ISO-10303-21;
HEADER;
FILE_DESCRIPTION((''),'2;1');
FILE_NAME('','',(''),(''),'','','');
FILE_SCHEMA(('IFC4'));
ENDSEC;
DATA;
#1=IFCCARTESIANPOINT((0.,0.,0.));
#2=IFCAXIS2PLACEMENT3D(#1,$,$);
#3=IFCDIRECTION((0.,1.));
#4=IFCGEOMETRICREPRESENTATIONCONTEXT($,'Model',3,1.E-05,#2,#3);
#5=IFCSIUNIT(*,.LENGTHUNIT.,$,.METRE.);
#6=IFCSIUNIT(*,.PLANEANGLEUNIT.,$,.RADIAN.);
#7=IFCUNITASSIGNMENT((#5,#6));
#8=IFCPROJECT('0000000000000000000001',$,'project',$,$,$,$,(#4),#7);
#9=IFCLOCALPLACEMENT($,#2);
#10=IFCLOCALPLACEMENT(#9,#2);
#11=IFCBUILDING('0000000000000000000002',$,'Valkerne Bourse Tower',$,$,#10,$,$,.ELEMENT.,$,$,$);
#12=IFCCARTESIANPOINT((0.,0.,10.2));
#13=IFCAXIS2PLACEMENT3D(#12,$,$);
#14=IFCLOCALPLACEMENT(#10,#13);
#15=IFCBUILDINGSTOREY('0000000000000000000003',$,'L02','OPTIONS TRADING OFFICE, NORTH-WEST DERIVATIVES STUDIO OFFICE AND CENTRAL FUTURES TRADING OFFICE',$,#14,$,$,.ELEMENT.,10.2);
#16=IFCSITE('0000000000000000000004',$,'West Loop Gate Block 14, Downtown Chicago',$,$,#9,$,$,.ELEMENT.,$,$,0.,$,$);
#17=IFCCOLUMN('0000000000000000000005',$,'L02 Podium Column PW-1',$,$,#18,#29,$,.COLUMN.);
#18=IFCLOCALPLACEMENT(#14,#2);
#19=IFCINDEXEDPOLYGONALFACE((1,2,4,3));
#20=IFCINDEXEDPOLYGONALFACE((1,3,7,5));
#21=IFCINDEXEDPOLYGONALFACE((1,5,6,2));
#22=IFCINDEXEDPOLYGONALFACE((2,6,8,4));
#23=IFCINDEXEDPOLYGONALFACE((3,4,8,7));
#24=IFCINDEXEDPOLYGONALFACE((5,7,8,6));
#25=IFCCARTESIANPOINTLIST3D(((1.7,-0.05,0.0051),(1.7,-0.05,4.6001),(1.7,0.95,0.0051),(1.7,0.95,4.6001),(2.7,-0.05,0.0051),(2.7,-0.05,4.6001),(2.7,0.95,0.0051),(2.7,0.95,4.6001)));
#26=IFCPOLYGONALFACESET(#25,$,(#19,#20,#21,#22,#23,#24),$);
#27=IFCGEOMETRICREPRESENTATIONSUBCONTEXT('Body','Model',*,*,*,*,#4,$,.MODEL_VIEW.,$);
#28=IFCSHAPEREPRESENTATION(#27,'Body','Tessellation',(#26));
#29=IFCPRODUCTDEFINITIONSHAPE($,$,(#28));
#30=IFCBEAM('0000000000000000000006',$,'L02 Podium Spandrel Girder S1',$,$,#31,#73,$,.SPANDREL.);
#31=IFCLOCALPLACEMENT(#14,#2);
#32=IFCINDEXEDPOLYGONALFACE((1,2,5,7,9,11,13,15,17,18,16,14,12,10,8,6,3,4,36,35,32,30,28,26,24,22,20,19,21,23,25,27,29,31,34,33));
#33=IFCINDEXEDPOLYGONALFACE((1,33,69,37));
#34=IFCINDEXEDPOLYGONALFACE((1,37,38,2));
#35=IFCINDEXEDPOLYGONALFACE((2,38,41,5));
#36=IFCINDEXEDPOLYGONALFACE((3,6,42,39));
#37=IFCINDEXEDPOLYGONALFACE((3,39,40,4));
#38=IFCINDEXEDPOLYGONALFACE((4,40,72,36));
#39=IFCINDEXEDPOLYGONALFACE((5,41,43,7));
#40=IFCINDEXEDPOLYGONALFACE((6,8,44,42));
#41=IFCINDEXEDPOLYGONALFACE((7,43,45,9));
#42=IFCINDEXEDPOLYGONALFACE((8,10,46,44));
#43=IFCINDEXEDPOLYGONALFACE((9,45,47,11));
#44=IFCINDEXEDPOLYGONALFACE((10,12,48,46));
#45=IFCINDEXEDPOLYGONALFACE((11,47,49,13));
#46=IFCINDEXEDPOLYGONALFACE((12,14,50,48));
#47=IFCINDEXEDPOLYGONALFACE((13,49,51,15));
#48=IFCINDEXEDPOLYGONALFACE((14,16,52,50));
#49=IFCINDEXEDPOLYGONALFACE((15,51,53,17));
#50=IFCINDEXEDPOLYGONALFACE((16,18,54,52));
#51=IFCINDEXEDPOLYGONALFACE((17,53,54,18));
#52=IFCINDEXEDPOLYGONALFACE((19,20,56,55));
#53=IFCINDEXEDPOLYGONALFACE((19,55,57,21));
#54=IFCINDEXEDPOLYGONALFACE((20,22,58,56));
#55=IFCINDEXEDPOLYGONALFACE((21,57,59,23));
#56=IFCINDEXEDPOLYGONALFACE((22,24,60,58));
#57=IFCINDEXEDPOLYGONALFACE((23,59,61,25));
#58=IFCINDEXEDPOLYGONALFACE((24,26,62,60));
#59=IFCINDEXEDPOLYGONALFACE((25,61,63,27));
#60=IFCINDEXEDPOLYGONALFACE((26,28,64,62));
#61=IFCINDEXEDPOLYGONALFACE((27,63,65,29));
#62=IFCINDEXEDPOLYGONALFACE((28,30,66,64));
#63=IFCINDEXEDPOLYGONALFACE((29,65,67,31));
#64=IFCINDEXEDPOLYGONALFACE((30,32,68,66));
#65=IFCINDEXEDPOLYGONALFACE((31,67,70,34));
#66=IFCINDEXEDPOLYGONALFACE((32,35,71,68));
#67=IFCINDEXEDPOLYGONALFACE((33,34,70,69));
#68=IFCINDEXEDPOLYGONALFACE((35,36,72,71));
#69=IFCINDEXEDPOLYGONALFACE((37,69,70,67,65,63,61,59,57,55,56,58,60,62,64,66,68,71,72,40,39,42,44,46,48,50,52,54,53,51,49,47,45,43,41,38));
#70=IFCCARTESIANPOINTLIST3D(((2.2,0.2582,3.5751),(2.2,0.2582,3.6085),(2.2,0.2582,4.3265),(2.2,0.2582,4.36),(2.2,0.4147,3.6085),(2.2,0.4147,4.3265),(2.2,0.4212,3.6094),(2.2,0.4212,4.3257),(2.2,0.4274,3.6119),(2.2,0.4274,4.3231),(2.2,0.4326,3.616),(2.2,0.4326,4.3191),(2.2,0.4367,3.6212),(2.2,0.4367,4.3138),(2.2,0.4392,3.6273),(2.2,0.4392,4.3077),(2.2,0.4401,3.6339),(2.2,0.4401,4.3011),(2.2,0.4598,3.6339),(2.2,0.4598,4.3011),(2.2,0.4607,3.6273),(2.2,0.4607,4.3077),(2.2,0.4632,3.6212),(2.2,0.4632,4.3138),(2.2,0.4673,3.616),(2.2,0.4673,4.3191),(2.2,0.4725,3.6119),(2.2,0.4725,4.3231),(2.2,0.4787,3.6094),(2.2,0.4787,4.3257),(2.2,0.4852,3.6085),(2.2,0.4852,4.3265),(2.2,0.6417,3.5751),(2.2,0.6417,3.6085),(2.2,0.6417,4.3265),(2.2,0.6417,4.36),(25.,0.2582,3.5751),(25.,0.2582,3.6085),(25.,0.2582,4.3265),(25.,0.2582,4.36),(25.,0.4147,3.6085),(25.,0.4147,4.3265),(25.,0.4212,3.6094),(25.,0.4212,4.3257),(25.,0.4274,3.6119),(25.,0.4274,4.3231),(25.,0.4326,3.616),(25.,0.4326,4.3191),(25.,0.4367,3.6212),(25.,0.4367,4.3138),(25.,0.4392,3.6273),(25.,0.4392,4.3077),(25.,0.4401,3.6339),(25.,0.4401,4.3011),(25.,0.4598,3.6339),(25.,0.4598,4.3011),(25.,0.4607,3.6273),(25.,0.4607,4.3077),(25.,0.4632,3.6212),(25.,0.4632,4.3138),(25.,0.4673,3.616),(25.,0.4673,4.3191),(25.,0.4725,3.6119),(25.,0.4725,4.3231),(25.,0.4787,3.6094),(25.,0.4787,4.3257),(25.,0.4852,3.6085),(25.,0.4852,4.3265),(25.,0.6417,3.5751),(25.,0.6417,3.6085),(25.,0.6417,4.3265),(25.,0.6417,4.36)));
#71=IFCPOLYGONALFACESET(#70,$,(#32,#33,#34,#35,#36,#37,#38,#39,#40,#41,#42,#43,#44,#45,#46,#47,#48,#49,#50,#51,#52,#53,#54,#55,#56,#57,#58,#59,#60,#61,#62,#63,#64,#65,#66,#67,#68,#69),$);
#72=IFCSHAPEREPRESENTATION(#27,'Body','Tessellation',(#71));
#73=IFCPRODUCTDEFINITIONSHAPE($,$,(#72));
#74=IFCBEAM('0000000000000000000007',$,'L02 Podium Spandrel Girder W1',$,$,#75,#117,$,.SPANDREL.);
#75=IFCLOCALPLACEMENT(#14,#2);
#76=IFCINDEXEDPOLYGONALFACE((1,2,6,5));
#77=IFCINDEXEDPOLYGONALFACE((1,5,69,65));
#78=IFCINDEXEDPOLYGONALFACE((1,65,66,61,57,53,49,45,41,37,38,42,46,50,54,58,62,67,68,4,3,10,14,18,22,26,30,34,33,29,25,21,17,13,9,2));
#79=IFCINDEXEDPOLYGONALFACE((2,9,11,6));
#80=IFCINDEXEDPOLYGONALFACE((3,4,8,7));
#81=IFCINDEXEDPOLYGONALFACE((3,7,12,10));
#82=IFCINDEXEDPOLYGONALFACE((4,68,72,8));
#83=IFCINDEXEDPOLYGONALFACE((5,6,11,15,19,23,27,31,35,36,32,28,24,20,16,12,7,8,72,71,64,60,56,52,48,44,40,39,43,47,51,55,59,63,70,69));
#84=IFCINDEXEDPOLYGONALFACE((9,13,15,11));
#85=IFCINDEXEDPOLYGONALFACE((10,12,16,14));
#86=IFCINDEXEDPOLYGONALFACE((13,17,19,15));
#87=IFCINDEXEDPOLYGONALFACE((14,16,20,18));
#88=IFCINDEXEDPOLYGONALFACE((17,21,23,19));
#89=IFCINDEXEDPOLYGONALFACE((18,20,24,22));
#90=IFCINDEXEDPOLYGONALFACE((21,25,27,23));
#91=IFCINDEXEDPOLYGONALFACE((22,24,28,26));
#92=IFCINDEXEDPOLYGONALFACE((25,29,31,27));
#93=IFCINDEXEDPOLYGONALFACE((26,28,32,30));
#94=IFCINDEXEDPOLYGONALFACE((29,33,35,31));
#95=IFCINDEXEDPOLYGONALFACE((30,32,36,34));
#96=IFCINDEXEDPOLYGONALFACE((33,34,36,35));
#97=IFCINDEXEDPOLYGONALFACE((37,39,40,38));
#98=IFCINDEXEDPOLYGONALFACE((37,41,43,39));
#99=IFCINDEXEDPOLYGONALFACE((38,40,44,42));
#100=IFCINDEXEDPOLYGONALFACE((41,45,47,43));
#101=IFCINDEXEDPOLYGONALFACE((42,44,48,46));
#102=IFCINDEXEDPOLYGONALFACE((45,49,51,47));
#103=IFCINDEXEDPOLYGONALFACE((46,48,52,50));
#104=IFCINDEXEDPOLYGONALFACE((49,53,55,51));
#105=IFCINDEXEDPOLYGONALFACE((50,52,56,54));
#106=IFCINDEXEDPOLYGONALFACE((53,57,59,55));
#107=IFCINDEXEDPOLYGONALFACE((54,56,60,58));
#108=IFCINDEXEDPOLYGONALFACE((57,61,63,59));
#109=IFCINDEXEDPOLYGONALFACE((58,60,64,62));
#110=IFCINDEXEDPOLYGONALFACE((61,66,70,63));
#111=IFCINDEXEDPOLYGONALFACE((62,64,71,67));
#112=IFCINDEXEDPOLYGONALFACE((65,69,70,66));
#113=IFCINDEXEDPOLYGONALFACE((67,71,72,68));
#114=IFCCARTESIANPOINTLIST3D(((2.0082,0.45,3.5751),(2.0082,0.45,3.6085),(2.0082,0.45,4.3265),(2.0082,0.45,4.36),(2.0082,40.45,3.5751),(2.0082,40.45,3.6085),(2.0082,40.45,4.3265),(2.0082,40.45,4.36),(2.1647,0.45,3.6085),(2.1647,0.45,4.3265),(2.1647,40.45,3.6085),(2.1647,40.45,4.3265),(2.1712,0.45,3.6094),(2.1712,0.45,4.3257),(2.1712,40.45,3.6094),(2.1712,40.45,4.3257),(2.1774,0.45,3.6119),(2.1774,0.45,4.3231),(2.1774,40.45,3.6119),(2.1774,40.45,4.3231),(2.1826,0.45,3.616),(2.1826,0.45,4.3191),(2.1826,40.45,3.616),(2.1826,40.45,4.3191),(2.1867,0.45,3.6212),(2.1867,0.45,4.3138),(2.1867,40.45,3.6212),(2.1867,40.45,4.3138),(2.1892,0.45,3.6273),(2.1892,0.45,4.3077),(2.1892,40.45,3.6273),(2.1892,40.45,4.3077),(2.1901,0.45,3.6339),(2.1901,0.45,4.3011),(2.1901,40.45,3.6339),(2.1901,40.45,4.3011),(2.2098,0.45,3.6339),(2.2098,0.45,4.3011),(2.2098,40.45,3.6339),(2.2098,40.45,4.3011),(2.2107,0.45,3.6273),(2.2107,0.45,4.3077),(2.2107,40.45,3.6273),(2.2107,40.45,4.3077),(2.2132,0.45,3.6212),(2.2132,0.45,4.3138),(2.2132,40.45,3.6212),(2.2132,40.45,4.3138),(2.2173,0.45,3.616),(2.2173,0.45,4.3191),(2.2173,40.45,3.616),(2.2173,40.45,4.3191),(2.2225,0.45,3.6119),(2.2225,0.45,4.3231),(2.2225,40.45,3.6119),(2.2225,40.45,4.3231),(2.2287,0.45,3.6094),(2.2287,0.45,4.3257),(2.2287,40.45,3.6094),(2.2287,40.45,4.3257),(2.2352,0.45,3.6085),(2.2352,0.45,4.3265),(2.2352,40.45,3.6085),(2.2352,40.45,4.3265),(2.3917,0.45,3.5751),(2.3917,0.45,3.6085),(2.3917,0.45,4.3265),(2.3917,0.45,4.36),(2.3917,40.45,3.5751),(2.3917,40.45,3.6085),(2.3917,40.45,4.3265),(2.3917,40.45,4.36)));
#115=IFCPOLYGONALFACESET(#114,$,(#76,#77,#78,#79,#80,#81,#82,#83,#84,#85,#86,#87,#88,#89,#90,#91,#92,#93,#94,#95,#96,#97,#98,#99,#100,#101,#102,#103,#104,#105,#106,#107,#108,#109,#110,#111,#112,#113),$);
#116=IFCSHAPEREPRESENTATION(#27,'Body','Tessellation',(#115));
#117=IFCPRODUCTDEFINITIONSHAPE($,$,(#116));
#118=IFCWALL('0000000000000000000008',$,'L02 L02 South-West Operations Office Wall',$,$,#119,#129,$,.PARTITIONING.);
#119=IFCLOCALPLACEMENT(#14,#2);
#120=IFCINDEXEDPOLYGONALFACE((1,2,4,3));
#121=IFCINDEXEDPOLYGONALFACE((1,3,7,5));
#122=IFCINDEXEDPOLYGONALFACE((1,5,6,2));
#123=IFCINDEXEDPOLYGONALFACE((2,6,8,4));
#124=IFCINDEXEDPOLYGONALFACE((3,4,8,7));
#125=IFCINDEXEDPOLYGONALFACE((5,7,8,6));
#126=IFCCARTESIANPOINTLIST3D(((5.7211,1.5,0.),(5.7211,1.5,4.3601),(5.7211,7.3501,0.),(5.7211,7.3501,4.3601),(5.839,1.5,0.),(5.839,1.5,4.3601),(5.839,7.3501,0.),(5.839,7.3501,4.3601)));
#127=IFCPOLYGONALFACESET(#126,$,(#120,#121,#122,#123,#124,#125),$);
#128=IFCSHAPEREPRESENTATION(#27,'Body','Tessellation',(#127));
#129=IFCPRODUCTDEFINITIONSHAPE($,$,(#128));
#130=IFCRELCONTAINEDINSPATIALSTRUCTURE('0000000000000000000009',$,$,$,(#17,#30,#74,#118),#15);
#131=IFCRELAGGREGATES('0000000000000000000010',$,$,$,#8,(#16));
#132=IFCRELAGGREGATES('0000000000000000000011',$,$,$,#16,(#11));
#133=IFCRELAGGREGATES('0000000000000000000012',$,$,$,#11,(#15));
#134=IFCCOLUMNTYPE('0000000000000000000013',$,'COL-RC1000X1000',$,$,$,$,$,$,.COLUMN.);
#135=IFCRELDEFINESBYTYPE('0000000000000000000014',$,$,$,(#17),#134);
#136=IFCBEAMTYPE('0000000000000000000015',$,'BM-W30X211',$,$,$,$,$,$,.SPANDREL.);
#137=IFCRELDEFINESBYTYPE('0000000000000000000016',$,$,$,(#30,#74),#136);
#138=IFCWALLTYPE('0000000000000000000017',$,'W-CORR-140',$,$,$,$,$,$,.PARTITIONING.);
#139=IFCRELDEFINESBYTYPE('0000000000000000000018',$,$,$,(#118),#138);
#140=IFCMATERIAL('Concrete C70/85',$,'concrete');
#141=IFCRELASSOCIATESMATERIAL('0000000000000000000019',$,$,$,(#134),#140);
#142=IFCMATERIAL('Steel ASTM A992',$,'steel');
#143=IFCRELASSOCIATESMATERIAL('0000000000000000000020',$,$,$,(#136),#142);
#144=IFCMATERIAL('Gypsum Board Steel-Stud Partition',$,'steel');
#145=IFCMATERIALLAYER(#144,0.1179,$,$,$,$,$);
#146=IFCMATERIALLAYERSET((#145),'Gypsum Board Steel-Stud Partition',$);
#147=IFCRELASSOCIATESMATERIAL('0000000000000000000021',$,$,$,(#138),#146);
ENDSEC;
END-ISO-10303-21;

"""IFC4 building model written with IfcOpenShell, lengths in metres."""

from ifc_helpers import new_model, si_unit, direction, frame, frame_2d, origin, origin_2d, place, context, subcontext, project, spatial, rectangle, i_section, extrude, material, layer, layer_set, material_profile, profile_set, type_object, element, save


model = new_model("IFC4")

# Units and contexts
model_context = context("Model", 3, precision=1e-05, world=origin(), true_north=direction((0.0, 1.0)))
body_context = subcontext(model_context, "Body", "Model", "MODEL_VIEW")
ifc_project = project(units=[si_unit("LENGTHUNIT", "METRE"), si_unit("PLANEANGLEUNIT", "RADIAN")], contexts=[model_context])

# Site, building, storey
site_placement = place(None, origin())
site = spatial("IfcSite", under=ifc_project, at=site_placement, Name="West Loop Gate Block 14, Downtown Chicago", CompositionType="ELEMENT", RefElevation=0.0)
building_placement = place(site_placement, origin())
building = spatial("IfcBuilding", under=site, at=building_placement, Name="Valkerne Bourse Tower", CompositionType="ELEMENT")
storey_placement = place(building_placement, frame((0.0, 0.0, 10.2)))
storey = spatial("IfcBuildingStorey", under=building, at=storey_placement, Name="L02", Description="OPTIONS TRADING OFFICE, NORTH-WEST DERIVATIVES STUDIO OFFICE AND CENTRAL FUTURES TRADING OFFICE", CompositionType="ELEMENT", Elevation=10.2)

# Column
ifc_material_1 = material(Name="Concrete C70/85", Category="concrete")
ifc_material_profile_1 = material_profile(ifc_material_1, rectangle(XDim=1.0, YDim=1.0, at=origin_2d()), Name="RC1000X1000")
ifc_profile_set_1 = profile_set([ifc_material_profile_1], Name="Concrete C70/85")
column_type = type_object("IfcColumnType", Name="COL-RC1000X1000", PredefinedType="COLUMN", material=ifc_profile_set_1)
column_placement = place(storey_placement, frame((2.2, 0.45, 0.0051), z_axis=(0.0, 0.0, 1.0), x_axis=(1.0, 0.0, 0.0)))
element("IfcColumn", 1, at=column_placement, inside=storey, type_object=column_type, Name="L02 Podium Column PW-1", PredefinedType="COLUMN", context=body_context, shape_type="SweptSolid", body=[
    extrude(rectangle(XDim=1.0, YDim=1.0, at=origin_2d()), origin(), (0.0, 0.0, 1.0), 4.595),
])

# Beams
ifc_material_2 = material(Name="Steel ASTM A992", Category="steel")
ifc_material_profile_2 = material_profile(ifc_material_2, i_section(OverallWidth=0.3835, OverallDepth=0.7849, WebThickness=0.0198, FlangeThickness=0.0334, FilletRadius=0.0254, at=origin_2d()), Name="W30X211")
ifc_profile_set_2 = profile_set([ifc_material_profile_2], Name="Steel ASTM A992")
beam_type = type_object("IfcBeamType", Name="BM-W30X211", PredefinedType="SPANDREL", material=ifc_profile_set_2)
beam_1_placement = place(storey_placement, frame((2.2, 0.45, 3.9675), z_axis=(1.0, 0.0, 0.0), x_axis=(0.0, 1.0, 0.0)))
element("IfcBeam", 2, at=beam_1_placement, inside=storey, type_object=beam_type, Name="L02 Podium Spandrel Girder S1", PredefinedType="SPANDREL", context=body_context, shape_type="SweptSolid", body=[
    extrude(i_section(OverallWidth=0.3835, OverallDepth=0.7849, WebThickness=0.0198, FlangeThickness=0.0334, FilletRadius=0.0254, at=origin_2d()), origin(), (0.0, 0.0, 1.0), 22.8),
])
beam_2_placement = place(storey_placement, frame((2.2, 0.45, 3.9675), z_axis=(0.0, 1.0, 0.0), x_axis=(-1.0, 0.0, 0.0)))
element("IfcBeam", 3, at=beam_2_placement, inside=storey, type_object=beam_type, Name="L02 Podium Spandrel Girder W1", PredefinedType="SPANDREL", context=body_context, shape_type="SweptSolid", body=[
    extrude(i_section(OverallWidth=0.3835, OverallDepth=0.7849, WebThickness=0.0198, FlangeThickness=0.0334, FilletRadius=0.0254, at=origin_2d()), origin(), (0.0, 0.0, 1.0), 40.0),
])

# Wall
ifc_material_3 = material(Name="Gypsum Board Steel-Stud Partition", Category="steel")
ifc_layer_1 = layer(ifc_material_3, 0.1179)
ifc_layer_set_1 = layer_set([ifc_layer_1], Name="Gypsum Board Steel-Stud Partition")
wall_type_1 = type_object("IfcWallType", Name="W-CORR-140", PredefinedType="PARTITIONING", material=ifc_layer_set_1)
wall_1_placement = place(storey_placement, frame((5.78, 1.5, 0.0), z_axis=(0.0, 0.0, 1.0), x_axis=(0.0, 1.0, 0.0)))
element("IfcWall", 4, at=wall_1_placement, inside=storey, type_object=wall_type_1, Name="L02 L02 South-West Operations Office Wall", PredefinedType="PARTITIONING", context=body_context, shape_type="SweptSolid", body=[
    extrude(rectangle(XDim=5.8501, YDim=0.1179, at=frame_2d((2.925, 0.0))), origin(), (0.0, 0.0, 1.0), 4.3601),
])

save(model, "model.ifc")
